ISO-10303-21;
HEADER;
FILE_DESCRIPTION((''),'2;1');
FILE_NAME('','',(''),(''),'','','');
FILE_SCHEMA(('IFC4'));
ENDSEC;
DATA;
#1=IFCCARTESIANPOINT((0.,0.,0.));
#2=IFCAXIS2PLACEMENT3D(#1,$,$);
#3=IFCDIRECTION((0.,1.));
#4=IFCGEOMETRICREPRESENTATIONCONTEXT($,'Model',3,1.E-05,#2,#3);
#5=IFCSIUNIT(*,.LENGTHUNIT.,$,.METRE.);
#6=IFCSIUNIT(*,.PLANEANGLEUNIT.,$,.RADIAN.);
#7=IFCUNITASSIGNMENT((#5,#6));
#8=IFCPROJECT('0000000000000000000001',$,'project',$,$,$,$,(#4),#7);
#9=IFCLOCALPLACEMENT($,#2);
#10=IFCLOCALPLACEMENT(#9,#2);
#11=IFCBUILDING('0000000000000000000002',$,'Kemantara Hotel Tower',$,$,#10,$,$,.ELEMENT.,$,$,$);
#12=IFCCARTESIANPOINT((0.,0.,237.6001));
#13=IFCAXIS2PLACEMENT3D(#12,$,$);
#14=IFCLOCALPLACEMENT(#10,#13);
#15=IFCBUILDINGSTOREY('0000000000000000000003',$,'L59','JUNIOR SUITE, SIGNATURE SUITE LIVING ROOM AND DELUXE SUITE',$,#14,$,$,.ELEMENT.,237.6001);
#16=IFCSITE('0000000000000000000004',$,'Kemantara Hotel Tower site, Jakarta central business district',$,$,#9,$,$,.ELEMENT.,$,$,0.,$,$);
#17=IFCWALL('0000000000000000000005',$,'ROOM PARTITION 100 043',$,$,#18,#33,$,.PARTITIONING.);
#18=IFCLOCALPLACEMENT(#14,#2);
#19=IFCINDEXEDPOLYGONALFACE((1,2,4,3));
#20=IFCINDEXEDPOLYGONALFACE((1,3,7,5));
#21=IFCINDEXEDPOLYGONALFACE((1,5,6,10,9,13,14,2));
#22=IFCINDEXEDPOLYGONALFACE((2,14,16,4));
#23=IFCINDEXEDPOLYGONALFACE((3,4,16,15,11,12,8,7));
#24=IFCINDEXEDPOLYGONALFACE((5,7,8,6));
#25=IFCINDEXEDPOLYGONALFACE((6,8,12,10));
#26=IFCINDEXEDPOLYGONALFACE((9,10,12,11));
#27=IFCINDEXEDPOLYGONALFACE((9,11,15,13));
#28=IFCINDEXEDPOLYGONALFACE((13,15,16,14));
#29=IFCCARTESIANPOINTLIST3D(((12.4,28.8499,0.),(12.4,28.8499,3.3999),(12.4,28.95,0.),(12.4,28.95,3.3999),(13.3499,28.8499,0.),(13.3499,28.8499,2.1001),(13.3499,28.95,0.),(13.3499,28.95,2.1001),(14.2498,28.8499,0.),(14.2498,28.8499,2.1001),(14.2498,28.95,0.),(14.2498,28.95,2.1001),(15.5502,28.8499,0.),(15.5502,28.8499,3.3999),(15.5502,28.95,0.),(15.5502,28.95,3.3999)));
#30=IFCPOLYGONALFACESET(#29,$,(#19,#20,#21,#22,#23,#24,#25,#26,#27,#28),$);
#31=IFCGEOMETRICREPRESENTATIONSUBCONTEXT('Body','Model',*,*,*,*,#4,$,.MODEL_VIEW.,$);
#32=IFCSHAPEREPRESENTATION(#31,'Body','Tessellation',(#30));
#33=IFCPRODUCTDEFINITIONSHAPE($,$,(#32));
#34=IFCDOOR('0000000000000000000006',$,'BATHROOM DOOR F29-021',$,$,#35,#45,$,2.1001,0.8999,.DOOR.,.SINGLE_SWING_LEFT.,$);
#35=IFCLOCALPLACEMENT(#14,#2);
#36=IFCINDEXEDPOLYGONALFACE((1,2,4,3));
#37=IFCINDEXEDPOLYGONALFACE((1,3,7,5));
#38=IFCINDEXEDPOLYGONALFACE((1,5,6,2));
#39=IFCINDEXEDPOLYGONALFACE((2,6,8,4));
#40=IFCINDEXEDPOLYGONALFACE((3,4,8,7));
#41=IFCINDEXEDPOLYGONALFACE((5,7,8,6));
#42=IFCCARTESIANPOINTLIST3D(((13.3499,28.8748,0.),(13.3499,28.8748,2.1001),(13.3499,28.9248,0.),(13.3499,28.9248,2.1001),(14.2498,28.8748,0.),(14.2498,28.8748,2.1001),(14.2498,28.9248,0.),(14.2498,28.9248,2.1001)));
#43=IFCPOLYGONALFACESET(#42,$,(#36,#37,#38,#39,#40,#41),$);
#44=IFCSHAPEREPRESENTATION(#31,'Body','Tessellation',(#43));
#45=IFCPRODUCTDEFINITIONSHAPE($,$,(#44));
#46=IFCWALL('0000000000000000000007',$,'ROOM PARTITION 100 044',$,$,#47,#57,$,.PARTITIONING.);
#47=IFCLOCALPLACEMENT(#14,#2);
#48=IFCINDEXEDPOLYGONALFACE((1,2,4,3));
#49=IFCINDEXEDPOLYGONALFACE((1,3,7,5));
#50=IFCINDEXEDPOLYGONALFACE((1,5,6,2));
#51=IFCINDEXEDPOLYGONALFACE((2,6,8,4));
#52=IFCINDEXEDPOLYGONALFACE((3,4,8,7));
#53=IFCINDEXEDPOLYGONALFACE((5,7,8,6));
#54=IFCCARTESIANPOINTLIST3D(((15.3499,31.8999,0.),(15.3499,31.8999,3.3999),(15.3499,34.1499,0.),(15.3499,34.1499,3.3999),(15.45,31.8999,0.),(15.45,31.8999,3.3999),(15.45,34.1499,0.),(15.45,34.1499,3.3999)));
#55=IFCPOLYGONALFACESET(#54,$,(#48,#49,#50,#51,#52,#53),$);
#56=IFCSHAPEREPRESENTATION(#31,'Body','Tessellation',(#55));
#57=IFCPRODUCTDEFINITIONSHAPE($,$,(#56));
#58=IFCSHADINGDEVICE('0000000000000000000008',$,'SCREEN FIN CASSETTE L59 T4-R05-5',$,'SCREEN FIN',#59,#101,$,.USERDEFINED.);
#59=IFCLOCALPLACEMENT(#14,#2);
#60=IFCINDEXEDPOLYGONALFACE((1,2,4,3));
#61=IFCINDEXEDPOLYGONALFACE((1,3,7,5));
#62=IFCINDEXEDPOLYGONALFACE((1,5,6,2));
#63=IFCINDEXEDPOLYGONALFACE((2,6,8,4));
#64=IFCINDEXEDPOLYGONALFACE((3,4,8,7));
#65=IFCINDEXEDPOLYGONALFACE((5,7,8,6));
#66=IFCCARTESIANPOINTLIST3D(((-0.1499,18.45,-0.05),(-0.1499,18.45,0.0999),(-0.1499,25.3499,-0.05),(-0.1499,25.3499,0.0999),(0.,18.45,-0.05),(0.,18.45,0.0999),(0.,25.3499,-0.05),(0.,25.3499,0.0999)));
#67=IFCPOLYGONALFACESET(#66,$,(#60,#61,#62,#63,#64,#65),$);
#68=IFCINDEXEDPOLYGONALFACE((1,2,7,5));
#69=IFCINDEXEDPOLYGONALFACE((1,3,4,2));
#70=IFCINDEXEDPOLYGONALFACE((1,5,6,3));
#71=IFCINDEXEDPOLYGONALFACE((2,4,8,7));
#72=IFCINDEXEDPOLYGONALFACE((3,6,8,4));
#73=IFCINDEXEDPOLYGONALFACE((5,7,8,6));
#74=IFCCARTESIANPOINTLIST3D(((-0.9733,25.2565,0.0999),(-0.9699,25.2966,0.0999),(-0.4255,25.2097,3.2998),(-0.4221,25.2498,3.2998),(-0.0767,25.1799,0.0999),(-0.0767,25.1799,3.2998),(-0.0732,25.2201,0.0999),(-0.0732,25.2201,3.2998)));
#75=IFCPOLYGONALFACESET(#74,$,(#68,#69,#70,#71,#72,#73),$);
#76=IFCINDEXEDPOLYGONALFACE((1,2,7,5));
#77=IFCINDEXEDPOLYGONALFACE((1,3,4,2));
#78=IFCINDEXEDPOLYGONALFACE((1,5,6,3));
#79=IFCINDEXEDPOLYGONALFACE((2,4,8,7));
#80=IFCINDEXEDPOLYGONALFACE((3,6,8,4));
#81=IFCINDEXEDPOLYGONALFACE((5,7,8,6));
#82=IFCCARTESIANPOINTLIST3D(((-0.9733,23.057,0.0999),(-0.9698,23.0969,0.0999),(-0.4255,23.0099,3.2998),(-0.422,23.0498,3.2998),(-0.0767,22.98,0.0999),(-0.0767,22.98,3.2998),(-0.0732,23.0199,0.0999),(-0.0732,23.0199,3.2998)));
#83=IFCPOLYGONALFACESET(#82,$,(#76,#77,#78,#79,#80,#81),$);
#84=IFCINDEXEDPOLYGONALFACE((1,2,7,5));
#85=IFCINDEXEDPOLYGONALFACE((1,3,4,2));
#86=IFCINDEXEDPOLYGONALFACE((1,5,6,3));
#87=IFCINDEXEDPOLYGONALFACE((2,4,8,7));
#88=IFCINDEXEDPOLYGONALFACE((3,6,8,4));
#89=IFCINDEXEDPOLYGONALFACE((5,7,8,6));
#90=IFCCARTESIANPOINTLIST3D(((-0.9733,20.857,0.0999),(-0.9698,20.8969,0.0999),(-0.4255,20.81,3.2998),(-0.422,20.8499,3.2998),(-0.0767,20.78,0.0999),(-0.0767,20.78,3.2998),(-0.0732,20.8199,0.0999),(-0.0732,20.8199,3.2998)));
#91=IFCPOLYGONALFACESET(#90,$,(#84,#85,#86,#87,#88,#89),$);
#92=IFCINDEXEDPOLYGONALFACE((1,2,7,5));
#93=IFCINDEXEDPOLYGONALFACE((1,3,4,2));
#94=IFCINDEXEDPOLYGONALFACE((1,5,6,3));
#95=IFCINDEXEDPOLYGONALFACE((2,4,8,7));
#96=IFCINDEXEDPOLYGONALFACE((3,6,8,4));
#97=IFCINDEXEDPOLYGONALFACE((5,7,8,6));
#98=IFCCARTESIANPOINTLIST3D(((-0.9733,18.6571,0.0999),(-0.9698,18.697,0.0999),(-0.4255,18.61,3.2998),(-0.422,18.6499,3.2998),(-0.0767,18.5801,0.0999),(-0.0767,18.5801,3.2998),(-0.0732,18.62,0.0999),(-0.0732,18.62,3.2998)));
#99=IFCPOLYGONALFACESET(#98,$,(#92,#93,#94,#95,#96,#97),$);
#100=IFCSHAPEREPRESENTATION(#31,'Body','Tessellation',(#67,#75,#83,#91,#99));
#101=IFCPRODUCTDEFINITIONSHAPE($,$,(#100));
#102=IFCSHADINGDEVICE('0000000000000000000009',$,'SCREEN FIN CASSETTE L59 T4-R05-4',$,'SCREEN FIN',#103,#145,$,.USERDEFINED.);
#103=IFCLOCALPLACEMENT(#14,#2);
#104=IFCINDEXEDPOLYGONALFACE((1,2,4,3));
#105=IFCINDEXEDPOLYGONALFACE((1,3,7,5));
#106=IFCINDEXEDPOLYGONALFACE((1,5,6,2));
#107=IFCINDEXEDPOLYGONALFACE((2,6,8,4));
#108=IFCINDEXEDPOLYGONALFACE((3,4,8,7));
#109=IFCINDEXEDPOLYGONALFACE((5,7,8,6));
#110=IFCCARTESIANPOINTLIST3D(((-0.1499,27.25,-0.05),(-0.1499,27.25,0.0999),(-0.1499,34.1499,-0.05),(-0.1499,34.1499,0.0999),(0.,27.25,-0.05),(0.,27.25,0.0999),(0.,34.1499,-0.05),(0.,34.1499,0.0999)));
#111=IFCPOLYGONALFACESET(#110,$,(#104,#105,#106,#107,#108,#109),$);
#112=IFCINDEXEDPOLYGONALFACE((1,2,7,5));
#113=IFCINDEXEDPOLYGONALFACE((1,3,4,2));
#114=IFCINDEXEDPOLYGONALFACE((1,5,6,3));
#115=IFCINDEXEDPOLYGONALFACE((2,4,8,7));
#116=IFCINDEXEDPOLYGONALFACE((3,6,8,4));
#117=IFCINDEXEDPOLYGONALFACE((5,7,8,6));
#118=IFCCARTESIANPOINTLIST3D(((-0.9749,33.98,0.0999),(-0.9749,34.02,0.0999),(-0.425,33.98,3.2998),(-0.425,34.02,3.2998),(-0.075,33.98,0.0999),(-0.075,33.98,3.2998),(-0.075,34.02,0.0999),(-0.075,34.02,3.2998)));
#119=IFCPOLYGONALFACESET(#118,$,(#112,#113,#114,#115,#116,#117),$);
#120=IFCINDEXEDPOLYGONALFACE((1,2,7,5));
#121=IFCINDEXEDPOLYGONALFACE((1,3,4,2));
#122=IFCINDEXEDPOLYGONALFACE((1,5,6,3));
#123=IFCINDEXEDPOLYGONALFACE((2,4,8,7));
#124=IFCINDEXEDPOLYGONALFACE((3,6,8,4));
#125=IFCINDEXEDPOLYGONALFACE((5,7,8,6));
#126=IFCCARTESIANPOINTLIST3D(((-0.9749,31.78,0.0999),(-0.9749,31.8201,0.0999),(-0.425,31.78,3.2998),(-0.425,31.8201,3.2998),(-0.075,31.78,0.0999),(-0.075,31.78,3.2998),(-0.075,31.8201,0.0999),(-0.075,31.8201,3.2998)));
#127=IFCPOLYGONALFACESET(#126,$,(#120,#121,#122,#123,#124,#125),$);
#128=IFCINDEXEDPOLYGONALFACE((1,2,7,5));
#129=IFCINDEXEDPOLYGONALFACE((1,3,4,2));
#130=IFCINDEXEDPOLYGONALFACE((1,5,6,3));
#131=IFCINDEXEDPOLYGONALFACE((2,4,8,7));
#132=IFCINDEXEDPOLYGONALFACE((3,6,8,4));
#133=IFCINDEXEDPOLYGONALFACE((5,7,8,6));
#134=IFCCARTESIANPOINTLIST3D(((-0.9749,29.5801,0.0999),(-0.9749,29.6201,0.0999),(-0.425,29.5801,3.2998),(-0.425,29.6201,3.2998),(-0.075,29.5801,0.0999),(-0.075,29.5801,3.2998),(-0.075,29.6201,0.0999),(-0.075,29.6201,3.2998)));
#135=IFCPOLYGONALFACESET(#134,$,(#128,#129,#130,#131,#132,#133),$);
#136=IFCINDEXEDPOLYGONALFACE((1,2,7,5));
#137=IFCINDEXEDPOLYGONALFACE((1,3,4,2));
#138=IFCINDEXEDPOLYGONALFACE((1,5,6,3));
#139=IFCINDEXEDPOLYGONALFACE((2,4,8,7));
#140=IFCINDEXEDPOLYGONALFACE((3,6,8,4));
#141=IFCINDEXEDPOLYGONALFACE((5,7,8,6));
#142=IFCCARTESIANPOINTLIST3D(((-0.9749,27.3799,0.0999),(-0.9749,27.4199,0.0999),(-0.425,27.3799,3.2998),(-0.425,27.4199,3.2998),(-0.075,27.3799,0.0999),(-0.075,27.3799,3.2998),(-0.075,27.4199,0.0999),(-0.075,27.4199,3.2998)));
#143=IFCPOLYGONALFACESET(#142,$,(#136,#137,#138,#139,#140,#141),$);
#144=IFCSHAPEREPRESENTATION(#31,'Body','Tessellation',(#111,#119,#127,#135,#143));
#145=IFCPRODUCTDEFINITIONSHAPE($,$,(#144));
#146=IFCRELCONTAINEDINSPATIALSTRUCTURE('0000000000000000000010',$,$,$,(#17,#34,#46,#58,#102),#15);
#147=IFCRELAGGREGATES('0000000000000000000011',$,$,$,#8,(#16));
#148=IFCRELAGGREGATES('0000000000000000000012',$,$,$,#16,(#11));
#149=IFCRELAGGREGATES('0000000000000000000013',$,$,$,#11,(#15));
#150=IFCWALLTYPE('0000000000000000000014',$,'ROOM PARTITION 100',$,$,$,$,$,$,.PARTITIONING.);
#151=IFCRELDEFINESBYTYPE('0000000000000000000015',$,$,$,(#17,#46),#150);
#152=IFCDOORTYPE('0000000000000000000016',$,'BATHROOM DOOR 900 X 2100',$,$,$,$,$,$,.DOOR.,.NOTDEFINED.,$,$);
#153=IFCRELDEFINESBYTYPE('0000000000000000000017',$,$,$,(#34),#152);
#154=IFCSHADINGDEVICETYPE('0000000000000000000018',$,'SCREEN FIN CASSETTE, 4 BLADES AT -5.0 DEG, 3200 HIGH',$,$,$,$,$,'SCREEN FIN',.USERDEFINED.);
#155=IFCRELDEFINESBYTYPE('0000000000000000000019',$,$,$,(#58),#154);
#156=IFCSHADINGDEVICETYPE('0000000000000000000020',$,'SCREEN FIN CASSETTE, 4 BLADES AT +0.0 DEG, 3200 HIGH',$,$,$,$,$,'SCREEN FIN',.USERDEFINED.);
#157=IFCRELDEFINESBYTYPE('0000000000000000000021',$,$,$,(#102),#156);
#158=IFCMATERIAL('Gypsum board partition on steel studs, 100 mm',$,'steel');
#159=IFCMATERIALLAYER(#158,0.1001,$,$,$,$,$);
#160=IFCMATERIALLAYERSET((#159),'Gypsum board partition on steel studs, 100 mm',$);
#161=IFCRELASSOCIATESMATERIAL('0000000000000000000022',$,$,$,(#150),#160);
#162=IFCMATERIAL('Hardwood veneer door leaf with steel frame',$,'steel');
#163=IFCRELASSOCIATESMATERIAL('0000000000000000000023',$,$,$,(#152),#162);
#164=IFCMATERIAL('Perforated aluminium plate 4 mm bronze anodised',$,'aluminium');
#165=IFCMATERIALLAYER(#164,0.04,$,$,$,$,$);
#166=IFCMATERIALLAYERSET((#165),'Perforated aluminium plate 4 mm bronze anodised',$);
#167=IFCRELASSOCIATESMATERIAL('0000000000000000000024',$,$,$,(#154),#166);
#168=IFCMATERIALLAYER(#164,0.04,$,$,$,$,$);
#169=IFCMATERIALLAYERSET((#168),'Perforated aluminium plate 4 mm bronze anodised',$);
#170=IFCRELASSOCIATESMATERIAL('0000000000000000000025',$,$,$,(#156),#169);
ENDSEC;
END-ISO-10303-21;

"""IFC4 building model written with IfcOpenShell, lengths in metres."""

from ifc_helpers import new_model, si_unit, direction, frame, frame_2d, origin, origin_2d, place, context, subcontext, project, spatial, polyline, rectangle, outline, extrude, source, transform, mapped, material, layer, layer_set, type_object, element, fill, save


model = new_model("IFC4")

# Units and contexts
model_context = context("Model", 3, precision=1e-05, world=origin(), true_north=direction((0.0, 1.0)))
body_context = subcontext(model_context, "Body", "Model", "MODEL_VIEW")
ifc_project = project(units=[si_unit("LENGTHUNIT", "METRE"), si_unit("PLANEANGLEUNIT", "RADIAN")], contexts=[model_context])

# Site, building, storey
site_placement = place(None, origin())
site = spatial("IfcSite", under=ifc_project, at=site_placement, Name="Kemantara Hotel Tower site, Jakarta central business district", CompositionType="ELEMENT", RefElevation=0.0)
building_placement = place(site_placement, origin())
building = spatial("IfcBuilding", under=site, at=building_placement, Name="Kemantara Hotel Tower", CompositionType="ELEMENT")
storey_placement = place(building_placement, frame((0.0, 0.0, 237.6001)))
storey = spatial("IfcBuildingStorey", under=building, at=storey_placement, Name="L59", Description="JUNIOR SUITE, SIGNATURE SUITE LIVING ROOM AND DELUXE SUITE", CompositionType="ELEMENT", Elevation=237.6001)

# Shared definitions
ifc_material_1 = material(Name="Hardwood veneer door leaf with steel frame", Category="steel")

# Shared definitions
ifc_material_2 = material(Name="Gypsum board partition on steel studs, 100 mm", Category="steel")
ifc_layer_1 = layer(ifc_material_2, 0.1001)
ifc_layer_set_1 = layer_set([ifc_layer_1], Name="Gypsum board partition on steel studs, 100 mm")
wall_type_1 = type_object("IfcWallType", Name="ROOM PARTITION 100", PredefinedType="PARTITIONING", material=ifc_layer_set_1)

# Shared definitions
door_type_1 = type_object("IfcDoorType", Name="BATHROOM DOOR 900 X 2100", OperationType="NOTDEFINED", PredefinedType="DOOR", material=ifc_material_1)

# Wall, opening, door
wall_1_placement = place(storey_placement, frame((12.3999, 28.8999, 0.0), z_axis=(0.0, 0.0, 1.0), x_axis=(1.0, 0.0, 0.0)))
wall_1 = element("IfcWall", 1, at=wall_1_placement, inside=storey, type_object=wall_type_1, Name="ROOM PARTITION 100 043", PredefinedType="PARTITIONING", context=body_context, shape_type="SweptSolid", body=[
    extrude(rectangle(XDim=3.1501, YDim=0.1001, at=frame_2d((1.5752, 0.0))), origin(), (0.0, 0.0, 1.0), 3.3999),
])
opening_1_placement = place(wall_1_placement, frame((0.95, 0.0, 0.0)))
opening_1 = element("IfcOpeningElement", 2, at=opening_1_placement, cuts=wall_1, PredefinedType="OPENING", context=body_context, shape_type="SweptSolid", body=[
    extrude(rectangle(XDim=0.8999, YDim=2.1001, at=frame_2d((0.45, 1.05))), frame((0.0, 0.0601, 0.0), z_axis=(0.0, -1.0, 0.0), x_axis=(1.0, 0.0, 0.0)), (0.0, 0.0, 1.0), 0.1201),
])
door_1_placement = place(opening_1_placement, origin())
door_1 = element("IfcDoor", 3, at=door_1_placement, inside=storey, type_object=door_type_1, Name="BATHROOM DOOR F29-021", OperationType="SINGLE_SWING_LEFT", OverallHeight=2.1001, OverallWidth=0.8999, PredefinedType="DOOR", context=body_context, shape_type="SweptSolid", body=[
    extrude(rectangle(XDim=0.8999, YDim=2.1001, at=frame_2d((0.45, 1.05))), frame((0.0, 0.0249, 0.0), z_axis=(0.0, -1.0, 0.0), x_axis=(1.0, 0.0, 0.0)), (0.0, 0.0, 1.0), 0.05),
])
fill(opening_1, door_1)

# Wall
wall_2_placement = place(storey_placement, frame((15.3999, 31.8999, 0.0), z_axis=(0.0, 0.0, 1.0), x_axis=(0.0, 1.0, 0.0)))
element("IfcWall", 4, at=wall_2_placement, inside=storey, type_object=wall_type_1, Name="ROOM PARTITION 100 044", PredefinedType="PARTITIONING", context=body_context, shape_type="SweptSolid", body=[
    extrude(rectangle(XDim=2.25, YDim=0.1001, at=frame_2d((1.125, 0.0))), origin(), (0.0, 0.0, 1.0), 3.3999),
])

# Shading devices
ifc_material_3 = material(Name="Perforated aluminium plate 4 mm bronze anodised", Category="aluminium")
ifc_layer_2 = layer(ifc_material_3, 0.04)
ifc_layer_set_2 = layer_set([ifc_layer_2], Name="Perforated aluminium plate 4 mm bronze anodised")
shading_device_type_1 = type_object("IfcShadingDeviceType", Name="SCREEN FIN CASSETTE, 4 BLADES AT -5.0 DEG, 3200 HIGH", ElementType="SCREEN FIN", PredefinedType="USERDEFINED", material=ifc_layer_set_2)
shared_shape_1 = source(origin(), body_context, "Body", "SweptSolid", [
    extrude(rectangle(XDim=6.8999, YDim=0.1499, at=origin_2d()), frame((3.3, -0.075, -0.1499), z_axis=(0.0, 0.0, 1.0), x_axis=(1.0, 0.0, 0.0)), (0.0, 0.0, 1.0), 0.1499),
    extrude(outline(polyline([(0.0, 0.0), (0.8999, 0.0), (0.3501, 3.2), (0.0, 3.2), (0.0, 0.0)])), frame((0.02, -0.0767, 0.0), z_axis=(-0.996376, 0.085056, 0.0), x_axis=(-0.085056, -0.996376, 0.0)), (0.0, 0.0, 1.0), 0.0403),
    extrude(outline(polyline([(0.0, 0.0), (0.8999, 0.0), (0.3501, 3.2), (0.0, 3.2), (0.0, 0.0)])), frame((2.22, -0.0767, 0.0), z_axis=(-0.996332, 0.085575, 0.0), x_axis=(-0.085575, -0.996332, 0.0)), (0.0, 0.0, 1.0), 0.04),
    extrude(outline(polyline([(0.0, 0.0), (0.8999, 0.0), (0.3501, 3.2), (0.0, 3.2), (0.0, 0.0)])), frame((4.4199, -0.0767, 0.0), z_axis=(-0.996332, 0.085575, 0.0), x_axis=(-0.085575, -0.996332, 0.0)), (0.0, 0.0, 1.0), 0.04),
    extrude(outline(polyline([(0.0, 0.0), (0.8999, 0.0), (0.3501, 3.2), (0.0, 3.2), (0.0, 0.0)])), frame((6.6199, -0.0767, 0.0), z_axis=(-0.996332, 0.085575, 0.0), x_axis=(-0.085575, -0.996332, 0.0)), (0.0, 0.0, 1.0), 0.04),
])
shading_device_1_placement = place(storey_placement, frame((0.0, 25.2, 0.0999), z_axis=(0.0, 0.0, 1.0), x_axis=(0.0, -1.0, 0.0)))
element("IfcShadingDevice", 5, at=shading_device_1_placement, inside=storey, type_object=shading_device_type_1, Name="SCREEN FIN CASSETTE L59 T4-R05-5", ObjectType="SCREEN FIN", PredefinedType="USERDEFINED", context=body_context, shape_type="MappedRepresentation", body=[
    mapped(shared_shape_1, transform((0.0, 0.0, 0.0))),
])
ifc_layer_3 = layer(ifc_material_3, 0.04)
ifc_layer_set_3 = layer_set([ifc_layer_3], Name="Perforated aluminium plate 4 mm bronze anodised")
shading_device_type_2 = type_object("IfcShadingDeviceType", Name="SCREEN FIN CASSETTE, 4 BLADES AT +0.0 DEG, 3200 HIGH", ElementType="SCREEN FIN", PredefinedType="USERDEFINED", material=ifc_layer_set_3)
shared_shape_2 = source(origin(), body_context, "Body", "SweptSolid", [
    extrude(rectangle(XDim=6.8999, YDim=0.1499, at=origin_2d()), frame((3.3, -0.075, -0.1499), z_axis=(0.0, 0.0, 1.0), x_axis=(1.0, 0.0, 0.0)), (0.0, 0.0, 1.0), 0.1499),
    extrude(outline(polyline([(0.0, 0.0), (0.8999, 0.0), (0.3501, 3.2), (0.0, 3.2), (0.0, 0.0)])), frame((0.02, -0.075, 0.0), z_axis=(-1.0, 0.0, 0.0), x_axis=(0.0, -1.0, 0.0)), (0.0, 0.0, 1.0), 0.04),
    extrude(outline(polyline([(0.0, 0.0), (0.8999, 0.0), (0.3501, 3.2), (0.0, 3.2), (0.0, 0.0)])), frame((2.22, -0.075, 0.0), z_axis=(-1.0, 0.0, 0.0), x_axis=(0.0, -1.0, 0.0)), (0.0, 0.0, 1.0), 0.04),
    extrude(outline(polyline([(0.0, 0.0), (0.8999, 0.0), (0.3501, 3.2), (0.0, 3.2), (0.0, 0.0)])), frame((4.4199, -0.075, 0.0), z_axis=(-1.0, 0.0, 0.0), x_axis=(0.0, -1.0, 0.0)), (0.0, 0.0, 1.0), 0.04),
    extrude(outline(polyline([(0.0, 0.0), (0.8999, 0.0), (0.3501, 3.2), (0.0, 3.2), (0.0, 0.0)])), frame((6.6201, -0.075, 0.0), z_axis=(-1.0, 0.0, 0.0), x_axis=(0.0, -1.0, 0.0)), (0.0, 0.0, 1.0), 0.04),
])
shading_device_2_placement = place(storey_placement, frame((0.0, 34.0, 0.0999), z_axis=(0.0, 0.0, 1.0), x_axis=(0.0, -1.0, 0.0)))
element("IfcShadingDevice", 6, at=shading_device_2_placement, inside=storey, type_object=shading_device_type_2, Name="SCREEN FIN CASSETTE L59 T4-R05-4", ObjectType="SCREEN FIN", PredefinedType="USERDEFINED", context=body_context, shape_type="MappedRepresentation", body=[
    mapped(shared_shape_2, transform((0.0, 0.0, 0.0))),
])

save(model, "model.ifc")
